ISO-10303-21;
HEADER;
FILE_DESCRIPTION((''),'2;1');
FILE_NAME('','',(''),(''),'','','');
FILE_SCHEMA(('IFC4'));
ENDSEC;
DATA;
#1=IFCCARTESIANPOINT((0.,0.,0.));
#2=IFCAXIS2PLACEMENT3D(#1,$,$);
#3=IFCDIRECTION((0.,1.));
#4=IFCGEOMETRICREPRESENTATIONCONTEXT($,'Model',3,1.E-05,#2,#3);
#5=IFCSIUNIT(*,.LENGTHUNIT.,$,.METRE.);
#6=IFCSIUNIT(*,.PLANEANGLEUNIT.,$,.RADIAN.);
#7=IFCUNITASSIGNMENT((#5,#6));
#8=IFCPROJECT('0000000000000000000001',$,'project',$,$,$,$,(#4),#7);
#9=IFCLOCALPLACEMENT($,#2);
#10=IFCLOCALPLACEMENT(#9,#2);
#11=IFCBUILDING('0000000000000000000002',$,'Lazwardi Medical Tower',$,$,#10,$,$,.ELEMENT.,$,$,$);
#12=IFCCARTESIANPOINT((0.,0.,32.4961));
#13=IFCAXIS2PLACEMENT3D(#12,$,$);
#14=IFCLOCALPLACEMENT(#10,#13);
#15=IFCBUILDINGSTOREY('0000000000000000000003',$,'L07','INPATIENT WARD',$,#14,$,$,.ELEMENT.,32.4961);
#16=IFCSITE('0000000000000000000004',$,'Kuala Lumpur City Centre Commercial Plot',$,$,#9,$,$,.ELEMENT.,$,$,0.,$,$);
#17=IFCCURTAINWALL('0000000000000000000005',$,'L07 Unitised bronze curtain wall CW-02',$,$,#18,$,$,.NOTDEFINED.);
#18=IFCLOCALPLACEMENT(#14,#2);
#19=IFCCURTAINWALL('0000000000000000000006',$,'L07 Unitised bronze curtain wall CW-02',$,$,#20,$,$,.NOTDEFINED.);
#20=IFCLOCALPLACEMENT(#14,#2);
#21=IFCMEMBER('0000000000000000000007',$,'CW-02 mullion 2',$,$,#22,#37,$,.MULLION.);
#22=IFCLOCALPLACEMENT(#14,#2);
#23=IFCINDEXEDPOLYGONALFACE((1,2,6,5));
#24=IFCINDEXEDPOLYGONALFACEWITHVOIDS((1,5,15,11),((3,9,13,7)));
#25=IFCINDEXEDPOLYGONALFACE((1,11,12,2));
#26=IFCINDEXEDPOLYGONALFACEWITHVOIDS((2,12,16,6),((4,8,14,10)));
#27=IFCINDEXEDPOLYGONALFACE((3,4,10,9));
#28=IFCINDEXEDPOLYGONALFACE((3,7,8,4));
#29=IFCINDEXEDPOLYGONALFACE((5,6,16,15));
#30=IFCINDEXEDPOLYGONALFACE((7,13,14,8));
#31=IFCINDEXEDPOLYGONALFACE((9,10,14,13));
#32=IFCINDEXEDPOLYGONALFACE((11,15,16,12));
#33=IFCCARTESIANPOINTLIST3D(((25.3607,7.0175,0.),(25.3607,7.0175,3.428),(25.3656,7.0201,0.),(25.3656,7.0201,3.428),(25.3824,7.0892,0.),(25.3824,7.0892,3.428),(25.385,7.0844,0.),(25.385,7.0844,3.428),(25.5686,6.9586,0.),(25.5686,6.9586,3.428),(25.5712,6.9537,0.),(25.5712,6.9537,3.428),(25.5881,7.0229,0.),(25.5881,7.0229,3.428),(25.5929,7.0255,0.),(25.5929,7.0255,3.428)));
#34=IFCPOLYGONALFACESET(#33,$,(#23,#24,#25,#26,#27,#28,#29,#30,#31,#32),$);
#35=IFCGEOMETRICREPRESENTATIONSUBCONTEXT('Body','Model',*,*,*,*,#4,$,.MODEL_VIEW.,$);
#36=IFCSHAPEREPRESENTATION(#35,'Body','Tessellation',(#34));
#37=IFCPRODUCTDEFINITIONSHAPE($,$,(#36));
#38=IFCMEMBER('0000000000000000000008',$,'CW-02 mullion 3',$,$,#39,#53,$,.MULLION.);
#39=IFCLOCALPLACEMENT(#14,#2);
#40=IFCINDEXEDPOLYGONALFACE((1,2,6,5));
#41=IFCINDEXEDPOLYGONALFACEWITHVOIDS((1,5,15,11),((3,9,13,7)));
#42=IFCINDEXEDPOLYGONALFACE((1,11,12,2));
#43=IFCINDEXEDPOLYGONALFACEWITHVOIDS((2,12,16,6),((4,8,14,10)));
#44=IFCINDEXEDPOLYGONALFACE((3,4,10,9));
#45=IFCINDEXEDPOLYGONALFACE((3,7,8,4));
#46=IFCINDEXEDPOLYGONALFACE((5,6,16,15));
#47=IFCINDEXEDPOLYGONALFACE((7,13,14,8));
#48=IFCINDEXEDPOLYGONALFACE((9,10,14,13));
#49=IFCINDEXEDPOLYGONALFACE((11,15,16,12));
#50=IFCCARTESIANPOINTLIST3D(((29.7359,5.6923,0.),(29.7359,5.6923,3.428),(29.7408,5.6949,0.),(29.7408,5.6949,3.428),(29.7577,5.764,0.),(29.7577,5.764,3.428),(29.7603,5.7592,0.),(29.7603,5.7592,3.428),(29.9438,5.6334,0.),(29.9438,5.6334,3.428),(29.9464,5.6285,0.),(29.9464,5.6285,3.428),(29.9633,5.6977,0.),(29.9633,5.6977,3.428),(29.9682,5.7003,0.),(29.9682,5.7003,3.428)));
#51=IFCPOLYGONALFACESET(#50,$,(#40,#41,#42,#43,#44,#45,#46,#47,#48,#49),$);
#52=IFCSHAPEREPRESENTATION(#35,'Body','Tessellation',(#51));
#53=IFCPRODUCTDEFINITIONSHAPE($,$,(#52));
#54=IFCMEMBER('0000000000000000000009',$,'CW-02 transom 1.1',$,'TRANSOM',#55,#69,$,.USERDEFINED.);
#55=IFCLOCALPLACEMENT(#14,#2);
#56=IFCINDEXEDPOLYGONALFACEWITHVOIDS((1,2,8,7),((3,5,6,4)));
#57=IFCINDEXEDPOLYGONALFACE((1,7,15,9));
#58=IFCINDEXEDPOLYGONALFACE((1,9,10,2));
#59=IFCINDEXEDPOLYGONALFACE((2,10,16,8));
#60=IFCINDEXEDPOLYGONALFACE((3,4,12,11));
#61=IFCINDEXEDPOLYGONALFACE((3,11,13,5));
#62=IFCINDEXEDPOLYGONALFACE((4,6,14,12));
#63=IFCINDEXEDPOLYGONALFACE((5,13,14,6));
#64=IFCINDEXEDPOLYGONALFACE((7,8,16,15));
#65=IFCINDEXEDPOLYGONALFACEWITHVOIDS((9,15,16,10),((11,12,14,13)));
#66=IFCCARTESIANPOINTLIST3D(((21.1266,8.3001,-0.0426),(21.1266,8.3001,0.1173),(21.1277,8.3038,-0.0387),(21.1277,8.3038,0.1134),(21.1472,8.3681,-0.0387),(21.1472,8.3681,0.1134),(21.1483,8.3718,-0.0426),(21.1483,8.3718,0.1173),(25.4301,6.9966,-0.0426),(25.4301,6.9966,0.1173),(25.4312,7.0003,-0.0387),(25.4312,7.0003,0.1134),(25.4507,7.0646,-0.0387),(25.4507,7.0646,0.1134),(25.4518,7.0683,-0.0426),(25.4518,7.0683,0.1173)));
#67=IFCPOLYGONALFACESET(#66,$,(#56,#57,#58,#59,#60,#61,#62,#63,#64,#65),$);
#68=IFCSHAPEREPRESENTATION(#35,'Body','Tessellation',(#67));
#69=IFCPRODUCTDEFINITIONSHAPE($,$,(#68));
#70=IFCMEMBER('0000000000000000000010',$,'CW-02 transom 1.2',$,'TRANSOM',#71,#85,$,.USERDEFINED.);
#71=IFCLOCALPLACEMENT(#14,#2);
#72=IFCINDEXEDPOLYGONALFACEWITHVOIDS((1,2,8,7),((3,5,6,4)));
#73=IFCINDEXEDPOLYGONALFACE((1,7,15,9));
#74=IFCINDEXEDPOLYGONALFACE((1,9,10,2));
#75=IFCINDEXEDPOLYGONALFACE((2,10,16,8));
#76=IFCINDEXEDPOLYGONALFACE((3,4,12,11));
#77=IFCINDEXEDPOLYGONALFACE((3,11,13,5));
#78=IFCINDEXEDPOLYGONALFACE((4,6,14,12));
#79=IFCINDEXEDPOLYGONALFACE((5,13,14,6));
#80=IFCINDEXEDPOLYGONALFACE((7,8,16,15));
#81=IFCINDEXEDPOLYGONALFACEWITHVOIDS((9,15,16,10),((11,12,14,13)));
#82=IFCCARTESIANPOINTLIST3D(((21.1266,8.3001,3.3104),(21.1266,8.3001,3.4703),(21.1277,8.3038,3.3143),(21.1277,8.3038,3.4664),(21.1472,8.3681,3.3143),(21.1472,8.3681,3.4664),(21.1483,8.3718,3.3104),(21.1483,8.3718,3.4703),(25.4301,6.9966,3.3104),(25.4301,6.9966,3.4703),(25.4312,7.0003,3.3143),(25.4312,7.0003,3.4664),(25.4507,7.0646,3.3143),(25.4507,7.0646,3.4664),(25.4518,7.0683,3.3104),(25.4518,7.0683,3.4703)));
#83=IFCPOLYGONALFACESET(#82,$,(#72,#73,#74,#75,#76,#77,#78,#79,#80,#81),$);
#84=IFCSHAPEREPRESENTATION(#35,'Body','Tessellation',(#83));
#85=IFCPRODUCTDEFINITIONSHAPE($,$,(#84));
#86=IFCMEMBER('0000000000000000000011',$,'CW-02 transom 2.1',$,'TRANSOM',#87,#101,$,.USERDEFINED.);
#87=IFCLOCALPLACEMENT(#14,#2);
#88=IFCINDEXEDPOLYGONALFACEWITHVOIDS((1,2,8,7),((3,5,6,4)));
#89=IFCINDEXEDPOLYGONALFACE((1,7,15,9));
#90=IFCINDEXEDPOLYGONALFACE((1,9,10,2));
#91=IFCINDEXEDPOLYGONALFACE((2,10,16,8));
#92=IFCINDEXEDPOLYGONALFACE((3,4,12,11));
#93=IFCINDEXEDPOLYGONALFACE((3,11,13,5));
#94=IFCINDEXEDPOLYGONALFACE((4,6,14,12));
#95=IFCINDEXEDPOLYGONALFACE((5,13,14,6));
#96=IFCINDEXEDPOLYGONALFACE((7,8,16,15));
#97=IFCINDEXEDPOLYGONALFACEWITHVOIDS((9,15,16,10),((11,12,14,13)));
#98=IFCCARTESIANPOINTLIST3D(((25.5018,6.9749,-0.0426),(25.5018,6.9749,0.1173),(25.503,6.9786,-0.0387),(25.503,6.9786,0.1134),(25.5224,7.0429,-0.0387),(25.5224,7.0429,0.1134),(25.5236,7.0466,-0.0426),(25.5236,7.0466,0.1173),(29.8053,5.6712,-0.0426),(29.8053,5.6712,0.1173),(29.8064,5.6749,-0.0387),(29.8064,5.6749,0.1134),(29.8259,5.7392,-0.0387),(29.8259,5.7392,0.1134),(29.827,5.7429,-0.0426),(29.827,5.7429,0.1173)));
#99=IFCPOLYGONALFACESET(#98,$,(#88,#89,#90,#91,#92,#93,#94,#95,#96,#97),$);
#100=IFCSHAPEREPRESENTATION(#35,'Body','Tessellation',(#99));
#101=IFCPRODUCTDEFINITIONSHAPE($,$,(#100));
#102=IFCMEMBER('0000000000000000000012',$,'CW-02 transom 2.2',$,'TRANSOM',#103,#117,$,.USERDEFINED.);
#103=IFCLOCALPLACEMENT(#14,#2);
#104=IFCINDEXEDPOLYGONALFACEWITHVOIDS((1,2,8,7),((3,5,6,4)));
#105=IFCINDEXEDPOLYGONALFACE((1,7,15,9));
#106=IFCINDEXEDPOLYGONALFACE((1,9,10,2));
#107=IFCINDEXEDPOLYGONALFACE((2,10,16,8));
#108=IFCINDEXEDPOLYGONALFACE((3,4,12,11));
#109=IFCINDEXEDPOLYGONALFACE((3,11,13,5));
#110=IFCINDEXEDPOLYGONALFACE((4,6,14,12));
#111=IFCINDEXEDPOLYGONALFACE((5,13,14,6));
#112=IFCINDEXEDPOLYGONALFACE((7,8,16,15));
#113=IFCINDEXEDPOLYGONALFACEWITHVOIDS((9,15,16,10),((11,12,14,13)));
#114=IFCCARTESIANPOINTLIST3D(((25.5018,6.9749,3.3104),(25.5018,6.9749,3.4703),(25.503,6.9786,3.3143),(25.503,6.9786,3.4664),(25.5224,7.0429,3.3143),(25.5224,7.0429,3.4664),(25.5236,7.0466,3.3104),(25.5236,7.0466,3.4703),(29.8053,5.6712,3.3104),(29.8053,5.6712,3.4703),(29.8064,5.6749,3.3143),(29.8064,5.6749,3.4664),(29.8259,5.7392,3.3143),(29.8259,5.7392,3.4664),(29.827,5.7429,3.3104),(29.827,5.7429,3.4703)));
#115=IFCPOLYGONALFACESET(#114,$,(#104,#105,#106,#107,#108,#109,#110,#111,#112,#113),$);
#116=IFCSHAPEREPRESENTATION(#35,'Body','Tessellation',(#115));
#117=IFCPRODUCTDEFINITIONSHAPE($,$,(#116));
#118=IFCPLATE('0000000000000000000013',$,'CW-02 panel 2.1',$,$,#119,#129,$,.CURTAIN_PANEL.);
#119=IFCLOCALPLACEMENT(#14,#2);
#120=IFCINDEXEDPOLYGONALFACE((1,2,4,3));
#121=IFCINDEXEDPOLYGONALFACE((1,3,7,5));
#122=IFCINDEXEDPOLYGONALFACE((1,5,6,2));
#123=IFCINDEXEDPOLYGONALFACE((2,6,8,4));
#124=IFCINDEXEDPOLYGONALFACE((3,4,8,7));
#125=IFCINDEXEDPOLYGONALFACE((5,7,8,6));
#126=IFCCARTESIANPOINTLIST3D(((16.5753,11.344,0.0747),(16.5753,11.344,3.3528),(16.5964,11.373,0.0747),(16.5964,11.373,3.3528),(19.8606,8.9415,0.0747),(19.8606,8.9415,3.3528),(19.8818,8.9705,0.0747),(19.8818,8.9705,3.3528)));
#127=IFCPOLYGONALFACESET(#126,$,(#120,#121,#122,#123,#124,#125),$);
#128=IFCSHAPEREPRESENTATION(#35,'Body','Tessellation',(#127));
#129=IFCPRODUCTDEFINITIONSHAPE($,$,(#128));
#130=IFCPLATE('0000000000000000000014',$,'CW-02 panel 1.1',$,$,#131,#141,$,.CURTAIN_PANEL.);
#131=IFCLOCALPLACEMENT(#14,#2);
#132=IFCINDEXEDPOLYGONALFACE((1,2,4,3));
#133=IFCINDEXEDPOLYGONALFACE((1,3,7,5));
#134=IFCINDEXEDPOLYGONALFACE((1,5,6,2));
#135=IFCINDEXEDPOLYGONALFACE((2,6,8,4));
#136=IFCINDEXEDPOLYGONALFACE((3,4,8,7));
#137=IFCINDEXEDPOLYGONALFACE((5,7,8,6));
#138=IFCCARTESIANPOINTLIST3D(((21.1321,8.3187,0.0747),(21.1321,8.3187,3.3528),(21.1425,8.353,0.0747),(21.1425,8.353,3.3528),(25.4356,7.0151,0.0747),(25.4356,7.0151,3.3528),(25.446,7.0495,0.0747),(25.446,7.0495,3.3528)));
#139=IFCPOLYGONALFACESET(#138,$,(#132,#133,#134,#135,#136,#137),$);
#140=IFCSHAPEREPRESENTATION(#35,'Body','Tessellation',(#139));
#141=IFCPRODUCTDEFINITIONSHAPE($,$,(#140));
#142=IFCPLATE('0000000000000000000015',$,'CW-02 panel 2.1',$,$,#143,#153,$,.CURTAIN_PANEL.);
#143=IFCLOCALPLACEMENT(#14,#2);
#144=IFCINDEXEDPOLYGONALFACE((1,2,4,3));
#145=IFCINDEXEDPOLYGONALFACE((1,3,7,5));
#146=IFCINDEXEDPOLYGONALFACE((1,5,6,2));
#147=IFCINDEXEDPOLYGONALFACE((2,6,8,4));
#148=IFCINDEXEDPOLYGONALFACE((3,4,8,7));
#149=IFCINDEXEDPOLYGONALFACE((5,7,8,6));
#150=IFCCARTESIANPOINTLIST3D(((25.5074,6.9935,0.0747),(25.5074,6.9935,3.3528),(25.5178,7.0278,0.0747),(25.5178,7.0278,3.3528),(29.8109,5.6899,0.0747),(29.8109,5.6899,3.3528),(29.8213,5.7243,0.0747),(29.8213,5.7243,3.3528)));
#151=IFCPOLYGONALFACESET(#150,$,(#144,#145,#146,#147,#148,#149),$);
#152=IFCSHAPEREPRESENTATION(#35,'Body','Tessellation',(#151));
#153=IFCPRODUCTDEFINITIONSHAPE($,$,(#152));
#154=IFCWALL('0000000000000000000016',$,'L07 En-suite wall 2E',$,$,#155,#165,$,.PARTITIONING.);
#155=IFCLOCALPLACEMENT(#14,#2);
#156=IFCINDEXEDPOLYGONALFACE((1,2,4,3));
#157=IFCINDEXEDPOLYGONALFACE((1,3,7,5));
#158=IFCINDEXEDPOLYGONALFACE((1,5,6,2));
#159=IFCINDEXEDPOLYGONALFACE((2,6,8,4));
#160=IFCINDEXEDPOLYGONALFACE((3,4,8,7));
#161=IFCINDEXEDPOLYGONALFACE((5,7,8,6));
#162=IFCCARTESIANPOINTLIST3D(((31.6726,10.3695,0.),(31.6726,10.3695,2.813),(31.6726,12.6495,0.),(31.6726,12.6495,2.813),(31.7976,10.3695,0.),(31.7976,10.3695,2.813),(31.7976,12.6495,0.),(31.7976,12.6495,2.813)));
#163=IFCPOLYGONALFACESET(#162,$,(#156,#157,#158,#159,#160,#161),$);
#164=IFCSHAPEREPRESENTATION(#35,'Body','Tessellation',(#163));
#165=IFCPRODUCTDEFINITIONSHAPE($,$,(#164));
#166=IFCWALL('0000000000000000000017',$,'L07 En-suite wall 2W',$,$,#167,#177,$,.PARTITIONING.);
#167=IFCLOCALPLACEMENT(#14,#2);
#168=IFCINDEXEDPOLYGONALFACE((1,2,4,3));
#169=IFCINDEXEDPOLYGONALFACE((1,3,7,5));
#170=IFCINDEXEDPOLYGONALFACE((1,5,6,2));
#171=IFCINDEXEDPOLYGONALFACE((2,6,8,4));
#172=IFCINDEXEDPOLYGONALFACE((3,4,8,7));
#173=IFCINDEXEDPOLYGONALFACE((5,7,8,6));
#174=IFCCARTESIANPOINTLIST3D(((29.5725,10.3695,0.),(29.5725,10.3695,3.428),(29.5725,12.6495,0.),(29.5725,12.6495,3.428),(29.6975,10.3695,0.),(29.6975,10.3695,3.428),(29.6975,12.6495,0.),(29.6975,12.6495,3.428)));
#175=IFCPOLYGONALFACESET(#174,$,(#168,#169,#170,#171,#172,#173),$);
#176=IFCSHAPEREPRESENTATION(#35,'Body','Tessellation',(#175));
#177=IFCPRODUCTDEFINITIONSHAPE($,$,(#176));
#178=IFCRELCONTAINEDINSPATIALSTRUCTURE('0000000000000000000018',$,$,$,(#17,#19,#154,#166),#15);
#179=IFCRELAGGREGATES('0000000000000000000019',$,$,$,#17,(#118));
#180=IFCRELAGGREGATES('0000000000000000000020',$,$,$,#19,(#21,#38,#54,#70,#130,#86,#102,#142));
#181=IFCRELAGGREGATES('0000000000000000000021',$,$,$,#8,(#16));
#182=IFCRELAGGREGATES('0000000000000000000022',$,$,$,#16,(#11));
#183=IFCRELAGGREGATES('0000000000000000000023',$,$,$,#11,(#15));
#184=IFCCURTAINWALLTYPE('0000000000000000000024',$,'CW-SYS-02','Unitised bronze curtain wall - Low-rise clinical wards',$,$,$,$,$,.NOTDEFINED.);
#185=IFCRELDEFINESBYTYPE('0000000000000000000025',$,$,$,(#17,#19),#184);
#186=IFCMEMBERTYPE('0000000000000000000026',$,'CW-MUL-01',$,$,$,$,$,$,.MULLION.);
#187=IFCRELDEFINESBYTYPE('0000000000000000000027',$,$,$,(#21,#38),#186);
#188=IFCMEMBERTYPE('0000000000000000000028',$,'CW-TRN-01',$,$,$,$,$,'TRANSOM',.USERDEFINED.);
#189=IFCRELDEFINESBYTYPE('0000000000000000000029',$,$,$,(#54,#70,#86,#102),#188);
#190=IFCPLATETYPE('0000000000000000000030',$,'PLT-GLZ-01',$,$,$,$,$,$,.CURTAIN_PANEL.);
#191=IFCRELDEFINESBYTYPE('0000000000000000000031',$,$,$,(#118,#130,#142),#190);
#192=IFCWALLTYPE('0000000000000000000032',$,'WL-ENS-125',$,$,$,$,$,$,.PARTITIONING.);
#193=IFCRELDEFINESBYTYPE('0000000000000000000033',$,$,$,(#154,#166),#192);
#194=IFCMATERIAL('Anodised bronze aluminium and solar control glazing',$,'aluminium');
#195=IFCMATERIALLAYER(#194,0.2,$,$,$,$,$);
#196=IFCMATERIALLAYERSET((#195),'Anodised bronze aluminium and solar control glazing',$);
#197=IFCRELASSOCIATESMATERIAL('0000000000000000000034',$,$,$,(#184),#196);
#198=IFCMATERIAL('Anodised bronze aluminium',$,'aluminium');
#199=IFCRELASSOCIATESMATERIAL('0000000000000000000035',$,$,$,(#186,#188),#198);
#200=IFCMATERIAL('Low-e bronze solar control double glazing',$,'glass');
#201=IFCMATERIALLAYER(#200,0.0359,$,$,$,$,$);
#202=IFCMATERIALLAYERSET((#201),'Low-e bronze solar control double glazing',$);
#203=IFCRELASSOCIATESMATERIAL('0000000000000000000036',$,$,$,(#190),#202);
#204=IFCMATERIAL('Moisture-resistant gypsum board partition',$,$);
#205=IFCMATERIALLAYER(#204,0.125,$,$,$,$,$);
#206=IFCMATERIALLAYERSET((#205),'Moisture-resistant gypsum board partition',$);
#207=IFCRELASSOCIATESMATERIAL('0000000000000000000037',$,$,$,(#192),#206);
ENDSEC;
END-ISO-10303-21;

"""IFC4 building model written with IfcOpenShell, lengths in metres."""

from ifc_helpers import new_model, si_unit, direction, frame, frame_2d, origin, origin_2d, place, context, subcontext, project, spatial, rectangle, hollow_rectangle, extrude, material, layer, layer_set, material_profile, profile_set, type_object, element, aggregate, save


model = new_model("IFC4")

# Units and contexts
model_context = context("Model", 3, precision=1e-05, world=origin(), true_north=direction((0.0, 1.0)))
body_context = subcontext(model_context, "Body", "Model", "MODEL_VIEW")
ifc_project = project(units=[si_unit("LENGTHUNIT", "METRE"), si_unit("PLANEANGLEUNIT", "RADIAN")], contexts=[model_context])

# Site, building, storey
site_placement = place(None, origin())
site = spatial("IfcSite", under=ifc_project, at=site_placement, Name="Kuala Lumpur City Centre Commercial Plot", CompositionType="ELEMENT", RefElevation=0.0)
building_placement = place(site_placement, origin())
building = spatial("IfcBuilding", under=site, at=building_placement, Name="Lazwardi Medical Tower", CompositionType="ELEMENT")
storey_placement = place(building_placement, frame((0.0, 0.0, 32.4961)))
storey = spatial("IfcBuildingStorey", under=building, at=storey_placement, Name="L07", Description="INPATIENT WARD", CompositionType="ELEMENT", Elevation=32.4961)

# Curtain wall
ifc_material_1 = material(Name="Anodised bronze aluminium and solar control glazing", Category="aluminium")
ifc_layer_1 = layer(ifc_material_1, 0.2)
ifc_layer_set_1 = layer_set([ifc_layer_1], Name="Anodised bronze aluminium and solar control glazing")
curtain_wall_type = type_object("IfcCurtainWallType", Name="CW-SYS-02", Description="Unitised bronze curtain wall - Low-rise clinical wards", PredefinedType="NOTDEFINED", material=ifc_layer_set_1)
curtain_wall_1_placement = place(storey_placement, origin())
curtain_wall_1 = element("IfcCurtainWall", 1, at=curtain_wall_1_placement, inside=storey, type_object=curtain_wall_type, Name="L07 Unitised bronze curtain wall CW-02", PredefinedType="NOTDEFINED")
ifc_material_2 = material(Name="Anodised bronze aluminium", Category="aluminium")
ifc_material_profile_1 = material_profile(ifc_material_2, hollow_rectangle(XDim=0.075, YDim=0.22, WallThickness=0.0039, at=origin_2d()), Name="ALU-MULLION 220x75x4")
ifc_profile_set_1 = profile_set([ifc_material_profile_1], Name="Anodised bronze aluminium")
member_type_1 = type_object("IfcMemberType", Name="CW-MUL-01", PredefinedType="MULLION", material=ifc_profile_set_1)

# Curtain wall, members
curtain_wall_2_placement = place(storey_placement, origin())
curtain_wall_2 = element("IfcCurtainWall", 2, at=curtain_wall_2_placement, inside=storey, type_object=curtain_wall_type, Name="L07 Unitised bronze curtain wall CW-02", PredefinedType="NOTDEFINED")
member_1_placement = place(storey_placement, frame((25.4768, 7.0215, 0.0), z_axis=(0.0, 0.0, 1.0), x_axis=(0.289896, 0.957058, 0.0)))
member_1 = element("IfcMember", 3, at=member_1_placement, type_object=member_type_1, Name="CW-02 mullion 2", PredefinedType="MULLION", context=body_context, shape_type="SweptSolid", body=[
    extrude(hollow_rectangle(XDim=0.075, YDim=0.22, WallThickness=0.0039, at=origin_2d()), origin(), (0.0, 0.0, 1.0), 3.428),
])
member_2_placement = place(storey_placement, frame((29.8521, 5.6963, 0.0), z_axis=(0.0, 0.0, 1.0), x_axis=(0.289896, 0.957058, 0.0)))
member_2 = element("IfcMember", 4, at=member_2_placement, type_object=member_type_1, Name="CW-02 mullion 3", PredefinedType="MULLION", context=body_context, shape_type="SweptSolid", body=[
    extrude(hollow_rectangle(XDim=0.075, YDim=0.22, WallThickness=0.0039, at=origin_2d()), origin(), (0.0, 0.0, 1.0), 3.428),
])
ifc_material_profile_2 = material_profile(ifc_material_2, hollow_rectangle(XDim=0.075, YDim=0.1599, WallThickness=0.0039, at=origin_2d()), Name="ALU-TRANSOM 160x75x4")
ifc_profile_set_2 = profile_set([ifc_material_profile_2], Name="Anodised bronze aluminium")
member_type_2 = type_object("IfcMemberType", Name="CW-TRN-01", ElementType="TRANSOM", PredefinedType="USERDEFINED", material=ifc_profile_set_2)
member_3_placement = place(storey_placement, frame((21.1375, 8.3359, 0.0374), z_axis=(0.957062, -0.289882, 0.0), x_axis=(0.289882, 0.957062, 0.0)))
member_3 = element("IfcMember", 5, at=member_3_placement, type_object=member_type_2, Name="CW-02 transom 1.1", ObjectType="TRANSOM", PredefinedType="USERDEFINED", context=body_context, shape_type="SweptSolid", body=[
    extrude(hollow_rectangle(XDim=0.075, YDim=0.1599, WallThickness=0.0039, at=origin_2d()), origin(), (0.0, 0.0, 1.0), 4.4966),
])
member_4_placement = place(storey_placement, frame((21.1375, 8.3359, 3.3904), z_axis=(0.957062, -0.289882, 0.0), x_axis=(0.289882, 0.957062, 0.0)))
member_4 = element("IfcMember", 6, at=member_4_placement, type_object=member_type_2, Name="CW-02 transom 1.2", ObjectType="TRANSOM", PredefinedType="USERDEFINED", context=body_context, shape_type="SweptSolid", body=[
    extrude(hollow_rectangle(XDim=0.075, YDim=0.1599, WallThickness=0.0039, at=origin_2d()), origin(), (0.0, 0.0, 1.0), 4.4966),
])
member_5_placement = place(storey_placement, frame((25.5127, 7.0107, 0.0374), z_axis=(0.957047, -0.289932, 0.0), x_axis=(0.289932, 0.957047, 0.0)))
member_5 = element("IfcMember", 7, at=member_5_placement, type_object=member_type_2, Name="CW-02 transom 2.1", ObjectType="TRANSOM", PredefinedType="USERDEFINED", context=body_context, shape_type="SweptSolid", body=[
    extrude(hollow_rectangle(XDim=0.075, YDim=0.1599, WallThickness=0.0039, at=origin_2d()), origin(), (0.0, 0.0, 1.0), 4.4966),
])
member_6_placement = place(storey_placement, frame((25.5127, 7.0107, 3.3904), z_axis=(0.957047, -0.289932, 0.0), x_axis=(0.289932, 0.957047, 0.0)))
member_6 = element("IfcMember", 8, at=member_6_placement, type_object=member_type_2, Name="CW-02 transom 2.2", ObjectType="TRANSOM", PredefinedType="USERDEFINED", context=body_context, shape_type="SweptSolid", body=[
    extrude(hollow_rectangle(XDim=0.075, YDim=0.1599, WallThickness=0.0039, at=origin_2d()), origin(), (0.0, 0.0, 1.0), 4.4966),
])

# Plates
ifc_material_3 = material(Name="Low-e bronze solar control double glazing", Category="glass")
ifc_layer_2 = layer(ifc_material_3, 0.0359)
ifc_layer_set_2 = layer_set([ifc_layer_2], Name="Low-e bronze solar control double glazing")
plate_type = type_object("IfcPlateType", Name="PLT-GLZ-01", PredefinedType="CURTAIN_PANEL", material=ifc_layer_set_2)
plate_1_placement = place(storey_placement, frame((18.2285, 10.1572, 0.0747), z_axis=(0.0, 0.0, 1.0), x_axis=(0.807192, -0.590289, 0.0)))
plate_1 = element("IfcPlate", 9, at=plate_1_placement, type_object=plate_type, Name="CW-02 panel 2.1", PredefinedType="CURTAIN_PANEL", context=body_context, shape_type="SweptSolid", body=[
    extrude(rectangle(XDim=4.0701, YDim=0.0359, at=origin_2d()), origin(), (0.0, 0.0, 1.0), 3.2781),
])
aggregate(curtain_wall_1, [plate_1])
plate_2_placement = place(storey_placement, frame((23.2891, 7.6841, 0.0747), z_axis=(0.0, 0.0, 1.0), x_axis=(0.957058, -0.289896, 0.0)))
plate_2 = element("IfcPlate", 10, at=plate_2_placement, type_object=plate_type, Name="CW-02 panel 1.1", PredefinedType="CURTAIN_PANEL", context=body_context, shape_type="SweptSolid", body=[
    extrude(rectangle(XDim=4.4966, YDim=0.0359, at=origin_2d()), origin(), (0.0, 0.0, 1.0), 3.2781),
])
plate_3_placement = place(storey_placement, frame((27.6643, 6.3589, 0.0747), z_axis=(0.0, 0.0, 1.0), x_axis=(0.957058, -0.289896, 0.0)))
plate_3 = element("IfcPlate", 11, at=plate_3_placement, type_object=plate_type, Name="CW-02 panel 2.1", PredefinedType="CURTAIN_PANEL", context=body_context, shape_type="SweptSolid", body=[
    extrude(rectangle(XDim=4.4966, YDim=0.0359, at=origin_2d()), origin(), (0.0, 0.0, 1.0), 3.2781),
])
aggregate(curtain_wall_2, [member_1, member_2, member_3, member_4, plate_2, member_5, member_6, plate_3])

# Walls
ifc_material_4 = material(Name="Moisture-resistant gypsum board partition")
ifc_layer_3 = layer(ifc_material_4, 0.125)
ifc_layer_set_3 = layer_set([ifc_layer_3], Name="Moisture-resistant gypsum board partition")
wall_type_1 = type_object("IfcWallType", Name="WL-ENS-125", PredefinedType="PARTITIONING", material=ifc_layer_set_3)
wall_1_placement = place(storey_placement, frame((31.7351, 10.3694, 0.0), z_axis=(0.0, 0.0, 1.0), x_axis=(0.0, 1.0, 0.0)))
element("IfcWall", 12, at=wall_1_placement, inside=storey, type_object=wall_type_1, Name="L07 En-suite wall 2E", PredefinedType="PARTITIONING", context=body_context, shape_type="SweptSolid", body=[
    extrude(rectangle(XDim=2.28, YDim=0.125, at=frame_2d((1.1401, 0.0))), origin(), (0.0, 0.0, 1.0), 2.813),
])
wall_2_placement = place(storey_placement, frame((29.635, 10.3694, 0.0), z_axis=(0.0, 0.0, 1.0), x_axis=(0.0, 1.0, 0.0)))
element("IfcWall", 13, at=wall_2_placement, inside=storey, type_object=wall_type_1, Name="L07 En-suite wall 2W", PredefinedType="PARTITIONING", context=body_context, shape_type="SweptSolid", body=[
    extrude(rectangle(XDim=2.28, YDim=0.125, at=frame_2d((1.1401, 0.0))), origin(), (0.0, 0.0, 1.0), 3.428),
])

save(model, "model.ifc")
